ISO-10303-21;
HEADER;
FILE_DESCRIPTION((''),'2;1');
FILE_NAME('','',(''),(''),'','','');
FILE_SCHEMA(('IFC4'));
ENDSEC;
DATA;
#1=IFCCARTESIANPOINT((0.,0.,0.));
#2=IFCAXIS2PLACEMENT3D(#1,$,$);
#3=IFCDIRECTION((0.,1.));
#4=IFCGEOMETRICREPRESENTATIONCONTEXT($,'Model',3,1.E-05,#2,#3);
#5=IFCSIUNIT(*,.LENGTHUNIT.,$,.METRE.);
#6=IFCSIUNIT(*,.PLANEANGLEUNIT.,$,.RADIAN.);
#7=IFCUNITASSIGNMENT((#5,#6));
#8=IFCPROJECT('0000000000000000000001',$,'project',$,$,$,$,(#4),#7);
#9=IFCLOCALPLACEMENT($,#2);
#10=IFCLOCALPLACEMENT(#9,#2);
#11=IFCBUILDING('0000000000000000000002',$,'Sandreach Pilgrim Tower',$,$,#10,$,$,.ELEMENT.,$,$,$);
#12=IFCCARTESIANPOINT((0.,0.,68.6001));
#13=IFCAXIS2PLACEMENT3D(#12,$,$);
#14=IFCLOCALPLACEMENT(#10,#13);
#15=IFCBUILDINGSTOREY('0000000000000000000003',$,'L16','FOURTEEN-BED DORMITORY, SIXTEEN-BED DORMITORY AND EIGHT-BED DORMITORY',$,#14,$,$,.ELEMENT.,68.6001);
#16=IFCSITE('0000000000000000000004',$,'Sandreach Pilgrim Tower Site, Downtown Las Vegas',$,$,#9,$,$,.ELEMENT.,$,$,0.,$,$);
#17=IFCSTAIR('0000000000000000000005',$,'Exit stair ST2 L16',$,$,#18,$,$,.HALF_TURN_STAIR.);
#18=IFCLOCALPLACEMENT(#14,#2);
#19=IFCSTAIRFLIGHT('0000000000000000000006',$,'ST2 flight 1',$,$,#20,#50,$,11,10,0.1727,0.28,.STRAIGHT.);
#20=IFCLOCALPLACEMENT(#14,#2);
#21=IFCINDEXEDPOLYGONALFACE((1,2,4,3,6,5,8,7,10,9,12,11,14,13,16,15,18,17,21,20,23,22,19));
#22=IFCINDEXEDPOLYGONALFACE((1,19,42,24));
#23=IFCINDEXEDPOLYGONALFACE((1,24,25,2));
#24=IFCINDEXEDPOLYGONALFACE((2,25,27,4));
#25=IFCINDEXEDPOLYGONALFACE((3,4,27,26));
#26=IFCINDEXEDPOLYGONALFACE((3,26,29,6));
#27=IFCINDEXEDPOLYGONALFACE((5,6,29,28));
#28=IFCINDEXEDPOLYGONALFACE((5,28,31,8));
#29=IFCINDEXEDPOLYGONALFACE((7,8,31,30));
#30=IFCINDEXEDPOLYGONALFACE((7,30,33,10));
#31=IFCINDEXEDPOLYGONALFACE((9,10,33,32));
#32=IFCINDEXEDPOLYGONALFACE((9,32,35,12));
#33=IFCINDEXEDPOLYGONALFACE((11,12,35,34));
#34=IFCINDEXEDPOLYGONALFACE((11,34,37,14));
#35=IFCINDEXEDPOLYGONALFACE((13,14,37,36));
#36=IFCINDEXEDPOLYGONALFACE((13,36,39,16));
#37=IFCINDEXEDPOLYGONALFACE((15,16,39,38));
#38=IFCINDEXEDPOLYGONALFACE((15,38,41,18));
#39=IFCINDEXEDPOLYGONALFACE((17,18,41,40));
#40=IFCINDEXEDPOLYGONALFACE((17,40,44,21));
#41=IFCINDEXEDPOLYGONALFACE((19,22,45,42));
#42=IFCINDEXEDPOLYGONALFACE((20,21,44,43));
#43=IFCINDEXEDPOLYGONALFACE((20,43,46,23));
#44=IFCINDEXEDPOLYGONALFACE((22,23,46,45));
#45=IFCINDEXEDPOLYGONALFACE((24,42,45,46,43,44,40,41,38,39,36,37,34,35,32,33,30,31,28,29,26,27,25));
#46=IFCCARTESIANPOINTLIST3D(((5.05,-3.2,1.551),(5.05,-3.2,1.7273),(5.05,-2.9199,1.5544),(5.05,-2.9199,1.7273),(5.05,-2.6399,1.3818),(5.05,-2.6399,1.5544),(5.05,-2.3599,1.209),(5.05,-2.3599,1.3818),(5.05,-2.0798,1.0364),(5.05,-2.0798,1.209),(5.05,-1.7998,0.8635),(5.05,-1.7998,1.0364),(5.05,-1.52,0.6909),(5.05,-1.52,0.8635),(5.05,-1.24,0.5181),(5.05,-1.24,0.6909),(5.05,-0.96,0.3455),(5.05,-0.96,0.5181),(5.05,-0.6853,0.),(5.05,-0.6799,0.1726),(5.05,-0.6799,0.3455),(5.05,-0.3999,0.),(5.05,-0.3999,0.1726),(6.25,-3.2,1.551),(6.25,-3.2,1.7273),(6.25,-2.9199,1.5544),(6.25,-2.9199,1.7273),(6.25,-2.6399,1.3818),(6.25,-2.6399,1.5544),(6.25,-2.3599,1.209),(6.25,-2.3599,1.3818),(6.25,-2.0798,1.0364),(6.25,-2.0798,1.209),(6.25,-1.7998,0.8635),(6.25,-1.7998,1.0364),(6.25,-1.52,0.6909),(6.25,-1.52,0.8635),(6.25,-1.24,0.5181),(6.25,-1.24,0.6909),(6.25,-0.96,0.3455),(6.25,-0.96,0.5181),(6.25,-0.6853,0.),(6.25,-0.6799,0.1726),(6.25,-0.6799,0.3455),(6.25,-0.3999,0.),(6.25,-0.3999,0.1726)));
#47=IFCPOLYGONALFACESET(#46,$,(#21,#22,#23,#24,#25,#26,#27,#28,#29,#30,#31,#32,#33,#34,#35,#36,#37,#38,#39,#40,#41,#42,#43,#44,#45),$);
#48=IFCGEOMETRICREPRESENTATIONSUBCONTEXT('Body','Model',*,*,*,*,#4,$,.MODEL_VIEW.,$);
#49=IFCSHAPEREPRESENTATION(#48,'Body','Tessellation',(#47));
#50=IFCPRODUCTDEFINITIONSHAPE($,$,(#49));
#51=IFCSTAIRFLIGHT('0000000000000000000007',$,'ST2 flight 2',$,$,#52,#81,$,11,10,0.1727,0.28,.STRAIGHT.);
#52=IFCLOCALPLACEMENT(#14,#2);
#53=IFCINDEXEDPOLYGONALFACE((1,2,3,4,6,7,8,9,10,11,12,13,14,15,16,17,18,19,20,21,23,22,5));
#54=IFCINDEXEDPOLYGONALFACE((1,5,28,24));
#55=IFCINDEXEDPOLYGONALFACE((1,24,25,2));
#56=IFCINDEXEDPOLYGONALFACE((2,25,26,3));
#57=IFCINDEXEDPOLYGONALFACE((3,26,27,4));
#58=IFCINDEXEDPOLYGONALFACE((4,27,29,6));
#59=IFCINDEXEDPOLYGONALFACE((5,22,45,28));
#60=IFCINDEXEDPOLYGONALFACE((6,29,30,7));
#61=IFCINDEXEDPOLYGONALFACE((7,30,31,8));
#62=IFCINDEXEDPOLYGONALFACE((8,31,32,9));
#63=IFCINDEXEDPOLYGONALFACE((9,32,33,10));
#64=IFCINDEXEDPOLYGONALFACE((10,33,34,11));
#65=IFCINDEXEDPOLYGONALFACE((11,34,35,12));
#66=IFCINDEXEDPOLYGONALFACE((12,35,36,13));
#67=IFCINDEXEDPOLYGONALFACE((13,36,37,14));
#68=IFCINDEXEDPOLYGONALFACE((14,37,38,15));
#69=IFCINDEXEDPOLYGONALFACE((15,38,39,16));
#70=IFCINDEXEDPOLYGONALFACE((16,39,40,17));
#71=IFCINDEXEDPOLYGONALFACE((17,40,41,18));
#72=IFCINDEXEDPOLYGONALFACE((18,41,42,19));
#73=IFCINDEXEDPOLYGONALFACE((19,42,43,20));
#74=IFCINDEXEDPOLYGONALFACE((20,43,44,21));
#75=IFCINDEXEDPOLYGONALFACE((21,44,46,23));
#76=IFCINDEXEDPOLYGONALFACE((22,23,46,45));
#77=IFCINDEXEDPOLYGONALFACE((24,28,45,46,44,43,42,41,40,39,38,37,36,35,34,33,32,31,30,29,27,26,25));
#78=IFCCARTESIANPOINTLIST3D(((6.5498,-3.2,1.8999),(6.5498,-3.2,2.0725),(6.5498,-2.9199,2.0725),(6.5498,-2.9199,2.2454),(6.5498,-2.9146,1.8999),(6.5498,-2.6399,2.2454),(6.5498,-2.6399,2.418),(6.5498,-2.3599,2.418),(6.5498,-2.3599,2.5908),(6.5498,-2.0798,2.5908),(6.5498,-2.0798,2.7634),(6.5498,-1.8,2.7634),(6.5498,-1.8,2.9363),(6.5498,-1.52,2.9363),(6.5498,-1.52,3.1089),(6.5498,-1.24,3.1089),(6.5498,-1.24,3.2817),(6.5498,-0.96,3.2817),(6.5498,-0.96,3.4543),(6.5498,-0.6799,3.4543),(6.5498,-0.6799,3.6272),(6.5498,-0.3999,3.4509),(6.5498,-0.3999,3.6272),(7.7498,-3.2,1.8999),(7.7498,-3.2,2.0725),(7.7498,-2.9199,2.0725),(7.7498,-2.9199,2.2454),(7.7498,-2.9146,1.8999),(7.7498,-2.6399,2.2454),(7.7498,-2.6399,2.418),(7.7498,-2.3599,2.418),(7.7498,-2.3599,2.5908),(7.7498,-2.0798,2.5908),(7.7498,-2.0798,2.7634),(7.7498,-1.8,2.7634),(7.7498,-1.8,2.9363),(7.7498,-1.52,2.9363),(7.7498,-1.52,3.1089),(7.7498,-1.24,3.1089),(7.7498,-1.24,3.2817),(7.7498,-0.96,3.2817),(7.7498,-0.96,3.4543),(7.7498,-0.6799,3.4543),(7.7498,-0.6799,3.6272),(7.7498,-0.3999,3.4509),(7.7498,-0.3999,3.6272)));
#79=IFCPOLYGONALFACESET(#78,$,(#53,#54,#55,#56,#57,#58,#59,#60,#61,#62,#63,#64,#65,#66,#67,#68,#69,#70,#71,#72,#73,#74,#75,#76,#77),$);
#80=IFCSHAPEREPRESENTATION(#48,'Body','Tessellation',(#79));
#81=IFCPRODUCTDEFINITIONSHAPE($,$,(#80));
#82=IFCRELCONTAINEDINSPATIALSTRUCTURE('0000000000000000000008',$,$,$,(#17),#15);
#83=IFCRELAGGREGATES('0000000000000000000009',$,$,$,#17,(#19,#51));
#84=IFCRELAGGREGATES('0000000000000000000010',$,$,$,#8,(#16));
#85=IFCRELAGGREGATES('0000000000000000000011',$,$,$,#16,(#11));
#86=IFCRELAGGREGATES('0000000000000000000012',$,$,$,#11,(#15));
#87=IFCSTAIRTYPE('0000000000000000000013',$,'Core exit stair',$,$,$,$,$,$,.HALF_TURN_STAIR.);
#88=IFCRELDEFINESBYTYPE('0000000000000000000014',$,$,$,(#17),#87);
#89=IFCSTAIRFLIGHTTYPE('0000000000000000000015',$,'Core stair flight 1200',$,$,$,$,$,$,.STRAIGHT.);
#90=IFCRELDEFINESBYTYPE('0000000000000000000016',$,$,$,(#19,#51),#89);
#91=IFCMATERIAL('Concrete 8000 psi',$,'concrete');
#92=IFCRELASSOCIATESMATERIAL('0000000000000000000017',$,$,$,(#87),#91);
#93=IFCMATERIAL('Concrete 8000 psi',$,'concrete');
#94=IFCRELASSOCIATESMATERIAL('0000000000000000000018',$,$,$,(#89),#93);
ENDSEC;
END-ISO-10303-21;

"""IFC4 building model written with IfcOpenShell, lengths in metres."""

from ifc_helpers import new_model, si_unit, direction, frame, origin, place, context, subcontext, project, spatial, polyline, outline, extrude, material, type_object, element, aggregate, save


model = new_model("IFC4")

# Units and contexts
model_context = context("Model", 3, precision=1e-05, world=origin(), true_north=direction((0.0, 1.0)))
body_context = subcontext(model_context, "Body", "Model", "MODEL_VIEW")
ifc_project = project(units=[si_unit("LENGTHUNIT", "METRE"), si_unit("PLANEANGLEUNIT", "RADIAN")], contexts=[model_context])

# Site, building, storey
site_placement = place(None, origin())
site = spatial("IfcSite", under=ifc_project, at=site_placement, Name="Sandreach Pilgrim Tower Site, Downtown Las Vegas", CompositionType="ELEMENT", RefElevation=0.0)
building_placement = place(site_placement, origin())
building = spatial("IfcBuilding", under=site, at=building_placement, Name="Sandreach Pilgrim Tower", CompositionType="ELEMENT")
storey_placement = place(building_placement, frame((0.0, 0.0, 68.6001)))
storey = spatial("IfcBuildingStorey", under=building, at=storey_placement, Name="L16", Description="FOURTEEN-BED DORMITORY, SIXTEEN-BED DORMITORY AND EIGHT-BED DORMITORY", CompositionType="ELEMENT", Elevation=68.6001)

# Stair, stair flights
ifc_material_1 = material(Name="Concrete 8000 psi", Category="concrete")
stair_type = type_object("IfcStairType", Name="Core exit stair", PredefinedType="HALF_TURN_STAIR", material=ifc_material_1)
stair_placement = place(storey_placement, origin())
stair = element("IfcStair", 1, at=stair_placement, inside=storey, type_object=stair_type, Name="Exit stair ST2 L16", PredefinedType="HALF_TURN_STAIR")
ifc_material_2 = material(Name="Concrete 8000 psi", Category="concrete")
stair_flight_type = type_object("IfcStairFlightType", Name="Core stair flight 1200", PredefinedType="STRAIGHT", material=ifc_material_2)
stair_flight_1_placement = place(storey_placement, frame((5.6499, -0.3999, 0.0), z_axis=(0.0, 0.0, 1.0), x_axis=(0.0, -1.0, 0.0)))
stair_flight_1 = element("IfcStairFlight", 2, at=stair_flight_1_placement, type_object=stair_flight_type, Name="ST2 flight 1", NumberOfRisers=11, NumberOfTreads=10, PredefinedType="STRAIGHT", RiserHeight=0.1727, TreadLength=0.28, context=body_context, shape_type="SweptSolid", body=[
    extrude(outline(polyline([(0.0, 0.0), (0.0, 0.1726), (0.28, 0.1726), (0.28, 0.3455), (0.5601, 0.3455), (0.5601, 0.5181), (0.8401, 0.5181), (0.8401, 0.6909), (1.1201, 0.6909), (1.1201, 0.8635), (1.3999, 0.8635), (1.3999, 1.0364), (1.6799, 1.0364), (1.6799, 1.209), (1.96, 1.209), (1.96, 1.3818), (2.24, 1.3818), (2.24, 1.5544), (2.52, 1.5544), (2.52, 1.7273), (2.8, 1.7273), (2.8, 1.8999), (2.8, 1.551), (0.2854, 0.0), (0.0, 0.0)])), frame((0.0, 0.6001, 0.0), z_axis=(0.0, -1.0, 0.0), x_axis=(1.0, 0.0, 0.0)), (0.0, 0.0, 1.0), 1.2),
])
stair_flight_2_placement = place(storey_placement, frame((7.1499, -3.2, 1.8999), z_axis=(0.0, 0.0, 1.0), x_axis=(0.0, 1.0, 0.0)))
stair_flight_2 = element("IfcStairFlight", 3, at=stair_flight_2_placement, type_object=stair_flight_type, Name="ST2 flight 2", NumberOfRisers=11, NumberOfTreads=10, PredefinedType="STRAIGHT", RiserHeight=0.1727, TreadLength=0.28, context=body_context, shape_type="SweptSolid", body=[
    extrude(outline(polyline([(0.0, 0.0), (0.0, 0.1726), (0.28, 0.1726), (0.28, 0.3455), (0.5601, 0.3455), (0.5601, 0.5181), (0.8401, 0.5181), (0.8401, 0.6909), (1.1201, 0.6909), (1.1201, 0.8635), (1.3999, 0.8635), (1.3999, 1.0364), (1.6799, 1.0364), (1.6799, 1.209), (1.96, 1.209), (1.96, 1.3818), (2.24, 1.3818), (2.24, 1.5544), (2.52, 1.5544), (2.52, 1.7273), (2.8, 1.7273), (2.8, 1.8999), (2.8, 1.551), (0.2854, 0.0), (0.0, 0.0)])), frame((0.0, 0.6001, 0.0), z_axis=(0.0, -1.0, 0.0), x_axis=(1.0, 0.0, 0.0)), (0.0, 0.0, 1.0), 1.2),
])
aggregate(stair, [stair_flight_1, stair_flight_2])

save(model, "model.ifc")
